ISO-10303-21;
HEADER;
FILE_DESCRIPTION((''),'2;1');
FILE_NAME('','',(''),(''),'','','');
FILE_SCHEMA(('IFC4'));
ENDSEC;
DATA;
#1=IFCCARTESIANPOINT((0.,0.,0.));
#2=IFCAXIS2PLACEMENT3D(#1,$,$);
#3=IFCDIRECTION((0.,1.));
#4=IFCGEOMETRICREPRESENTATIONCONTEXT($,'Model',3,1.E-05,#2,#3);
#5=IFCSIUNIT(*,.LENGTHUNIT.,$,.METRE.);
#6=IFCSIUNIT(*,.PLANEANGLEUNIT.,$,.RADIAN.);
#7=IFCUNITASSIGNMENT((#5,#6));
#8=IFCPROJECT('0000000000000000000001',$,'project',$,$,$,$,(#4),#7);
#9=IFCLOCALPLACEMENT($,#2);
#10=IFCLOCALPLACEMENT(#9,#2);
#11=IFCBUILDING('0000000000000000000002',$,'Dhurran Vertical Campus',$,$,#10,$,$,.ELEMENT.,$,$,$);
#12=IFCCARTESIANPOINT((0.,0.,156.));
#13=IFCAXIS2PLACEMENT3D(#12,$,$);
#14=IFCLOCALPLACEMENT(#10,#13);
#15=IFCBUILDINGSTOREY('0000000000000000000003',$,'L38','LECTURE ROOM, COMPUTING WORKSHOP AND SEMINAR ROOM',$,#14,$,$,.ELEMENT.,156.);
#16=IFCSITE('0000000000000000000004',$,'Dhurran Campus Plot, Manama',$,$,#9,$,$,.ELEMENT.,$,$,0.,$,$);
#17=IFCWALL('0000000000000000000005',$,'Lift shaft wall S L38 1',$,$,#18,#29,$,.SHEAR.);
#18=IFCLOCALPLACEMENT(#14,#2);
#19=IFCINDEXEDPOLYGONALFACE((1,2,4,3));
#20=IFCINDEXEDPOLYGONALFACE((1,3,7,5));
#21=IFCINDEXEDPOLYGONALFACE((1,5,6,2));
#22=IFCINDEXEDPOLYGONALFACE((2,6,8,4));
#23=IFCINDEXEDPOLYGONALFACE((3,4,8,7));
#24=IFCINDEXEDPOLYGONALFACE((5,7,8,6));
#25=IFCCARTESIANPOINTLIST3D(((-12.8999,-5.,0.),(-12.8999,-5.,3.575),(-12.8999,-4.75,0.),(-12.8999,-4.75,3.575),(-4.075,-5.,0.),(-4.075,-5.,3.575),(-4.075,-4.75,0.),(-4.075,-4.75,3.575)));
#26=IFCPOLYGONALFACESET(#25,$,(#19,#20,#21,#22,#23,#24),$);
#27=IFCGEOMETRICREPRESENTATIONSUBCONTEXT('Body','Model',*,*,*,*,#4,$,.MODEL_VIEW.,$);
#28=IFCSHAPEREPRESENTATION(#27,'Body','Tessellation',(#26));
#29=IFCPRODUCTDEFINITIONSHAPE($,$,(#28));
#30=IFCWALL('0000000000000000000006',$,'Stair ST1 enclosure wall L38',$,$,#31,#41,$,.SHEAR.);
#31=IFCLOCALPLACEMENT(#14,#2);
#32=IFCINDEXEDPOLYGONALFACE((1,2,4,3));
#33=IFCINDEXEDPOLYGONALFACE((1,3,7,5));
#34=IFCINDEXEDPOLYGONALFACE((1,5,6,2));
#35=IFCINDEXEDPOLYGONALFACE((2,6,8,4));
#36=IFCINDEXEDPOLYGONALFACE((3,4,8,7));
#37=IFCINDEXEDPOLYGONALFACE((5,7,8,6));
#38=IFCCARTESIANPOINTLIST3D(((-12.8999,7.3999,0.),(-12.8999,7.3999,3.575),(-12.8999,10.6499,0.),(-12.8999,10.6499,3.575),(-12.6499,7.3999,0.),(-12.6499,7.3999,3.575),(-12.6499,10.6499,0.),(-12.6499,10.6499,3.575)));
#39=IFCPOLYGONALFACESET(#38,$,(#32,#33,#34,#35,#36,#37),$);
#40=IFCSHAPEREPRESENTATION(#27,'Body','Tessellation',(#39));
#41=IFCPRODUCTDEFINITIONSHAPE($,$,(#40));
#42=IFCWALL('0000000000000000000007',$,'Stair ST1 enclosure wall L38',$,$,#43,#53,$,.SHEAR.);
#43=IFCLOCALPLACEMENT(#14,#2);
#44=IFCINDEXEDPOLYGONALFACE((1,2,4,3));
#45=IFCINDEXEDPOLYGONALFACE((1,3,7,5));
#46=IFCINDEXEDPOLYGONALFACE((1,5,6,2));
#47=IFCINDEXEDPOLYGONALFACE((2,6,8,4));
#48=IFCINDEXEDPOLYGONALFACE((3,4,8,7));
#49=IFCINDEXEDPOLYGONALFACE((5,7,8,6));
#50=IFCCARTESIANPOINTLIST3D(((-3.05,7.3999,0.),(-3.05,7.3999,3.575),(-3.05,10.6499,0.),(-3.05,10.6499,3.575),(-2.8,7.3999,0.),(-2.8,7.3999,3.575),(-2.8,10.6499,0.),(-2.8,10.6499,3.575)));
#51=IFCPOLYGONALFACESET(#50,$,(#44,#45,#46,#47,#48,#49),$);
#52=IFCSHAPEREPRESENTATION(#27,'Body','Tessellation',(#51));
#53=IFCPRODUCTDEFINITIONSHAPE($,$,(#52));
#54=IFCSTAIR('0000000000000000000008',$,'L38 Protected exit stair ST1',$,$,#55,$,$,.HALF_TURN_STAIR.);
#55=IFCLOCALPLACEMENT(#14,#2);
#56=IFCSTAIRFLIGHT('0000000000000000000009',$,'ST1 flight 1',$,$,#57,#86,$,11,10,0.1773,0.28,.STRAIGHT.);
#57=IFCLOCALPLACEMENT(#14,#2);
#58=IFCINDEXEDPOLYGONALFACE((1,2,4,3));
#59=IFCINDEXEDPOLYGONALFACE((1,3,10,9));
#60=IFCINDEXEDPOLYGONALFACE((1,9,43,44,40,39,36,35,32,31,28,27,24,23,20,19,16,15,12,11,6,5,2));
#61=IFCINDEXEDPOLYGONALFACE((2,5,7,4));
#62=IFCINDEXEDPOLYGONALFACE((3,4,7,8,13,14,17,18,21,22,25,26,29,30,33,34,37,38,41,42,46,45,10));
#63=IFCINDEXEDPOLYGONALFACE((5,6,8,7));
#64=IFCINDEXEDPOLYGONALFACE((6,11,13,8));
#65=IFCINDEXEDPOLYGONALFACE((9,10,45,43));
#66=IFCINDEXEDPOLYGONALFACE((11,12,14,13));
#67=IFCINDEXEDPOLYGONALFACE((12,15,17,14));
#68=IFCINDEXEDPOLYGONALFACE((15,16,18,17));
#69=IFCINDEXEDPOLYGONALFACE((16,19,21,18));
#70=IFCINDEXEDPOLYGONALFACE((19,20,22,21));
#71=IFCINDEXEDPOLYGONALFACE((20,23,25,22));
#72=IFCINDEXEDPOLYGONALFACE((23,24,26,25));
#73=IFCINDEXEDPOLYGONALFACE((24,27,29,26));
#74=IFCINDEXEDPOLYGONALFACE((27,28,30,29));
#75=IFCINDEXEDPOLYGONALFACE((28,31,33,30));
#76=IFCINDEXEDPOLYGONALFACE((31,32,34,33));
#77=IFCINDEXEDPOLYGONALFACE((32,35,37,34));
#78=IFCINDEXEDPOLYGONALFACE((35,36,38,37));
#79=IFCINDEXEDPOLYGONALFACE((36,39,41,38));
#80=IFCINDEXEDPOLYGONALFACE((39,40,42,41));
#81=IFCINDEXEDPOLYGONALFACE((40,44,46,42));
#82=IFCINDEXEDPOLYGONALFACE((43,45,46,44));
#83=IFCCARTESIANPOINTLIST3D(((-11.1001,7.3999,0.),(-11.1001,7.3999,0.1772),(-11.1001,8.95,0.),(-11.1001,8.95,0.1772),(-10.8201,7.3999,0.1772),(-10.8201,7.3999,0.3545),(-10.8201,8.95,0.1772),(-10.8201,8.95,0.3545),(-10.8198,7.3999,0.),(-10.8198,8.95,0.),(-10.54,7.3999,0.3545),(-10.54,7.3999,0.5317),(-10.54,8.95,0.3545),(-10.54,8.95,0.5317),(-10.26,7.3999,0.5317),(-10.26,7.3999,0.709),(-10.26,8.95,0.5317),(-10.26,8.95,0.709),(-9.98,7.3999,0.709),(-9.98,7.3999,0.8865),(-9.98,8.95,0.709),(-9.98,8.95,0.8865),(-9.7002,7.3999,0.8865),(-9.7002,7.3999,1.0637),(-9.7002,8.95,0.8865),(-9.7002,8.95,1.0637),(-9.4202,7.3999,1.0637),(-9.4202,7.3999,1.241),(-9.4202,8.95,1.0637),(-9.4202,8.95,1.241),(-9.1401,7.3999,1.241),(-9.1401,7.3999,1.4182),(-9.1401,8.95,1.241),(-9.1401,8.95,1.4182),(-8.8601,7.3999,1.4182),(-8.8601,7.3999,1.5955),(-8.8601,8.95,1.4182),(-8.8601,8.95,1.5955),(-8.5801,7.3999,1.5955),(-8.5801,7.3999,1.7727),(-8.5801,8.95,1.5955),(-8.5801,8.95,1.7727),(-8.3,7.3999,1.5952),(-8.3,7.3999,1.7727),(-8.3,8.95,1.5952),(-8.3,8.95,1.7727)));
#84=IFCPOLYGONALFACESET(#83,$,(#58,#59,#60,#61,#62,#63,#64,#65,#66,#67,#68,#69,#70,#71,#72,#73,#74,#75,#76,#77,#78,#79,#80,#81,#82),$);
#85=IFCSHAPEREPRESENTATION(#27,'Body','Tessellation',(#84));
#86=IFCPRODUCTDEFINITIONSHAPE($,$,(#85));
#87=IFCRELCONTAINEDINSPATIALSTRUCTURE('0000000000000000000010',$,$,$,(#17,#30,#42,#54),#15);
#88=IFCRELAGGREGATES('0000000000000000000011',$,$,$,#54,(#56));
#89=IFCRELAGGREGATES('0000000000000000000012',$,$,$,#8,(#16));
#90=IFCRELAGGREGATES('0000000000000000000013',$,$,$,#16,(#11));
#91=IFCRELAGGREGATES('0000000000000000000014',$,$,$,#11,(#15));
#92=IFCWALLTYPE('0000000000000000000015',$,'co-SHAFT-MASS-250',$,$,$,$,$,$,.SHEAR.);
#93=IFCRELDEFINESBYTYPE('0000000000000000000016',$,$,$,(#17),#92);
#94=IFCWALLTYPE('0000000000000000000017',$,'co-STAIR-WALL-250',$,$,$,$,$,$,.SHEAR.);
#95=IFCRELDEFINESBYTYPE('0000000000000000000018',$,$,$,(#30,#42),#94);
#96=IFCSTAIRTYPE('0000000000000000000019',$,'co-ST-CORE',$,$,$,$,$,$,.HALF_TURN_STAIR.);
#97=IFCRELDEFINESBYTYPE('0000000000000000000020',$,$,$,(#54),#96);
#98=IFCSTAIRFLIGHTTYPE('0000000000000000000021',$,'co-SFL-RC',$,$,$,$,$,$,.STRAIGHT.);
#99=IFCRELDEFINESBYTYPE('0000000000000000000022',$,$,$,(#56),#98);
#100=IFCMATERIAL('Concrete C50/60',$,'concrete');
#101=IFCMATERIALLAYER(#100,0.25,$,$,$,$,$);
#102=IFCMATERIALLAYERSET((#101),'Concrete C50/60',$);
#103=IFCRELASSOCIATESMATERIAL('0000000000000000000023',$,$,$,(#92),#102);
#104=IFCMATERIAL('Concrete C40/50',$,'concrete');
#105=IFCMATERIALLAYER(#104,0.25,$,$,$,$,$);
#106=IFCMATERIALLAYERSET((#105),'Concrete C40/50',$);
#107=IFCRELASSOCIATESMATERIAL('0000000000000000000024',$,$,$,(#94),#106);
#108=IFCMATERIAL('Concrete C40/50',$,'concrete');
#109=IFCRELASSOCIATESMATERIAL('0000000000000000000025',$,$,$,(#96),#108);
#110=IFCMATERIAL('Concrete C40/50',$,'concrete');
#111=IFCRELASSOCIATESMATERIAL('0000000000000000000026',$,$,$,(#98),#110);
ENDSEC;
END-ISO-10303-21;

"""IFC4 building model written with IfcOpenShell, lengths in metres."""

from ifc_helpers import new_model, si_unit, direction, frame, frame_2d, origin, place, context, subcontext, project, spatial, polyline, rectangle, outline, extrude, material, layer, layer_set, type_object, element, aggregate, save


model = new_model("IFC4")

# Units and contexts
model_context = context("Model", 3, precision=1e-05, world=origin(), true_north=direction((0.0, 1.0)))
body_context = subcontext(model_context, "Body", "Model", "MODEL_VIEW")
ifc_project = project(units=[si_unit("LENGTHUNIT", "METRE"), si_unit("PLANEANGLEUNIT", "RADIAN")], contexts=[model_context])

# Site, building, storey
site_placement = place(None, origin())
site = spatial("IfcSite", under=ifc_project, at=site_placement, Name="Dhurran Campus Plot, Manama", CompositionType="ELEMENT", RefElevation=0.0)
building_placement = place(site_placement, origin())
building = spatial("IfcBuilding", under=site, at=building_placement, Name="Dhurran Vertical Campus", CompositionType="ELEMENT")
storey_placement = place(building_placement, frame((0.0, 0.0, 156.0)))
storey = spatial("IfcBuildingStorey", under=building, at=storey_placement, Name="L38", Description="LECTURE ROOM, COMPUTING WORKSHOP AND SEMINAR ROOM", CompositionType="ELEMENT", Elevation=156.0)

# Walls
ifc_material_1 = material(Name="Concrete C50/60", Category="concrete")
ifc_layer_1 = layer(ifc_material_1, 0.25)
ifc_layer_set_1 = layer_set([ifc_layer_1], Name="Concrete C50/60")
wall_type_1 = type_object("IfcWallType", Name="co-SHAFT-MASS-250", PredefinedType="SHEAR", material=ifc_layer_set_1)
wall_1_placement = place(storey_placement, origin())
element("IfcWall", 1, at=wall_1_placement, inside=storey, type_object=wall_type_1, Name="Lift shaft wall S L38 1", PredefinedType="SHEAR", context=body_context, shape_type="SweptSolid", body=[
    extrude(outline(polyline([(-12.8999, -5.0), (-4.075, -5.0), (-4.075, -4.75), (-12.8999, -4.75), (-12.8999, -5.0)])), origin(), (0.0, 0.0, 1.0), 3.575),
])
ifc_material_2 = material(Name="Concrete C40/50", Category="concrete")
ifc_layer_2 = layer(ifc_material_2, 0.25)
ifc_layer_set_2 = layer_set([ifc_layer_2], Name="Concrete C40/50")
wall_type_2 = type_object("IfcWallType", Name="co-STAIR-WALL-250", PredefinedType="SHEAR", material=ifc_layer_set_2)
for number, where, z_axis, x_axis, name in (
    (2, (-12.7749, 7.3999, 0.0), (0.0, 0.0, 1.0), (0.0, 1.0, 0.0), "Stair ST1 enclosure wall L38"),
    (3, (-2.925, 7.3999, 0.0), (0.0, 0.0, 1.0), (0.0, 1.0, 0.0), "Stair ST1 enclosure wall L38"),
):
    element("IfcWall", number, at=place(storey_placement, frame(where, z_axis=z_axis, x_axis=x_axis)), inside=storey, type_object=wall_type_2, Name=name, PredefinedType="SHEAR", context=body_context, shape_type="SweptSolid", body=[
        extrude(rectangle(XDim=3.25, YDim=0.25, at=frame_2d((1.625, 0.0))), origin(), (0.0, 0.0, 1.0), 3.575),
    ])

# Stair, stair flight
ifc_material_3 = material(Name="Concrete C40/50", Category="concrete")
stair_type = type_object("IfcStairType", Name="co-ST-CORE", PredefinedType="HALF_TURN_STAIR", material=ifc_material_3)
stair_placement = place(storey_placement, origin())
stair = element("IfcStair", 4, at=stair_placement, inside=storey, type_object=stair_type, Name="L38 Protected exit stair ST1", PredefinedType="HALF_TURN_STAIR")
ifc_material_4 = material(Name="Concrete C40/50", Category="concrete")
stair_flight_type = type_object("IfcStairFlightType", Name="co-SFL-RC", PredefinedType="STRAIGHT", material=ifc_material_4)
stair_flight_placement = place(storey_placement, frame((-11.1001, 8.175, 0.0), z_axis=(0.0, 0.0, 1.0), x_axis=(1.0, 0.0, 0.0)))
stair_flight = element("IfcStairFlight", 5, at=stair_flight_placement, type_object=stair_flight_type, Name="ST1 flight 1", NumberOfRisers=11, NumberOfTreads=10, PredefinedType="STRAIGHT", RiserHeight=0.1773, TreadLength=0.28, context=body_context, shape_type="SweptSolid", body=[
    extrude(outline(polyline([(0.0, 0.0), (0.0, 0.1772), (0.28, 0.1772), (0.28, 0.3545), (0.5601, 0.3545), (0.5601, 0.5317), (0.8401, 0.5317), (0.8401, 0.709), (1.1201, 0.709), (1.1201, 0.8865), (1.3999, 0.8865), (1.3999, 1.0637), (1.6799, 1.0637), (1.6799, 1.241), (1.96, 1.241), (1.96, 1.4182), (2.24, 1.4182), (2.24, 1.5955), (2.52, 1.5955), (2.52, 1.7727), (2.8, 1.7727), (2.8, 1.95), (2.8, 1.5952), (0.2803, 0.0), (0.0, 0.0)])), frame((0.0, 0.7749, 0.0), z_axis=(0.0, -1.0, 0.0), x_axis=(1.0, 0.0, 0.0)), (0.0, 0.0, 1.0), 1.55),
])
aggregate(stair, [stair_flight])

save(model, "model.ifc")
